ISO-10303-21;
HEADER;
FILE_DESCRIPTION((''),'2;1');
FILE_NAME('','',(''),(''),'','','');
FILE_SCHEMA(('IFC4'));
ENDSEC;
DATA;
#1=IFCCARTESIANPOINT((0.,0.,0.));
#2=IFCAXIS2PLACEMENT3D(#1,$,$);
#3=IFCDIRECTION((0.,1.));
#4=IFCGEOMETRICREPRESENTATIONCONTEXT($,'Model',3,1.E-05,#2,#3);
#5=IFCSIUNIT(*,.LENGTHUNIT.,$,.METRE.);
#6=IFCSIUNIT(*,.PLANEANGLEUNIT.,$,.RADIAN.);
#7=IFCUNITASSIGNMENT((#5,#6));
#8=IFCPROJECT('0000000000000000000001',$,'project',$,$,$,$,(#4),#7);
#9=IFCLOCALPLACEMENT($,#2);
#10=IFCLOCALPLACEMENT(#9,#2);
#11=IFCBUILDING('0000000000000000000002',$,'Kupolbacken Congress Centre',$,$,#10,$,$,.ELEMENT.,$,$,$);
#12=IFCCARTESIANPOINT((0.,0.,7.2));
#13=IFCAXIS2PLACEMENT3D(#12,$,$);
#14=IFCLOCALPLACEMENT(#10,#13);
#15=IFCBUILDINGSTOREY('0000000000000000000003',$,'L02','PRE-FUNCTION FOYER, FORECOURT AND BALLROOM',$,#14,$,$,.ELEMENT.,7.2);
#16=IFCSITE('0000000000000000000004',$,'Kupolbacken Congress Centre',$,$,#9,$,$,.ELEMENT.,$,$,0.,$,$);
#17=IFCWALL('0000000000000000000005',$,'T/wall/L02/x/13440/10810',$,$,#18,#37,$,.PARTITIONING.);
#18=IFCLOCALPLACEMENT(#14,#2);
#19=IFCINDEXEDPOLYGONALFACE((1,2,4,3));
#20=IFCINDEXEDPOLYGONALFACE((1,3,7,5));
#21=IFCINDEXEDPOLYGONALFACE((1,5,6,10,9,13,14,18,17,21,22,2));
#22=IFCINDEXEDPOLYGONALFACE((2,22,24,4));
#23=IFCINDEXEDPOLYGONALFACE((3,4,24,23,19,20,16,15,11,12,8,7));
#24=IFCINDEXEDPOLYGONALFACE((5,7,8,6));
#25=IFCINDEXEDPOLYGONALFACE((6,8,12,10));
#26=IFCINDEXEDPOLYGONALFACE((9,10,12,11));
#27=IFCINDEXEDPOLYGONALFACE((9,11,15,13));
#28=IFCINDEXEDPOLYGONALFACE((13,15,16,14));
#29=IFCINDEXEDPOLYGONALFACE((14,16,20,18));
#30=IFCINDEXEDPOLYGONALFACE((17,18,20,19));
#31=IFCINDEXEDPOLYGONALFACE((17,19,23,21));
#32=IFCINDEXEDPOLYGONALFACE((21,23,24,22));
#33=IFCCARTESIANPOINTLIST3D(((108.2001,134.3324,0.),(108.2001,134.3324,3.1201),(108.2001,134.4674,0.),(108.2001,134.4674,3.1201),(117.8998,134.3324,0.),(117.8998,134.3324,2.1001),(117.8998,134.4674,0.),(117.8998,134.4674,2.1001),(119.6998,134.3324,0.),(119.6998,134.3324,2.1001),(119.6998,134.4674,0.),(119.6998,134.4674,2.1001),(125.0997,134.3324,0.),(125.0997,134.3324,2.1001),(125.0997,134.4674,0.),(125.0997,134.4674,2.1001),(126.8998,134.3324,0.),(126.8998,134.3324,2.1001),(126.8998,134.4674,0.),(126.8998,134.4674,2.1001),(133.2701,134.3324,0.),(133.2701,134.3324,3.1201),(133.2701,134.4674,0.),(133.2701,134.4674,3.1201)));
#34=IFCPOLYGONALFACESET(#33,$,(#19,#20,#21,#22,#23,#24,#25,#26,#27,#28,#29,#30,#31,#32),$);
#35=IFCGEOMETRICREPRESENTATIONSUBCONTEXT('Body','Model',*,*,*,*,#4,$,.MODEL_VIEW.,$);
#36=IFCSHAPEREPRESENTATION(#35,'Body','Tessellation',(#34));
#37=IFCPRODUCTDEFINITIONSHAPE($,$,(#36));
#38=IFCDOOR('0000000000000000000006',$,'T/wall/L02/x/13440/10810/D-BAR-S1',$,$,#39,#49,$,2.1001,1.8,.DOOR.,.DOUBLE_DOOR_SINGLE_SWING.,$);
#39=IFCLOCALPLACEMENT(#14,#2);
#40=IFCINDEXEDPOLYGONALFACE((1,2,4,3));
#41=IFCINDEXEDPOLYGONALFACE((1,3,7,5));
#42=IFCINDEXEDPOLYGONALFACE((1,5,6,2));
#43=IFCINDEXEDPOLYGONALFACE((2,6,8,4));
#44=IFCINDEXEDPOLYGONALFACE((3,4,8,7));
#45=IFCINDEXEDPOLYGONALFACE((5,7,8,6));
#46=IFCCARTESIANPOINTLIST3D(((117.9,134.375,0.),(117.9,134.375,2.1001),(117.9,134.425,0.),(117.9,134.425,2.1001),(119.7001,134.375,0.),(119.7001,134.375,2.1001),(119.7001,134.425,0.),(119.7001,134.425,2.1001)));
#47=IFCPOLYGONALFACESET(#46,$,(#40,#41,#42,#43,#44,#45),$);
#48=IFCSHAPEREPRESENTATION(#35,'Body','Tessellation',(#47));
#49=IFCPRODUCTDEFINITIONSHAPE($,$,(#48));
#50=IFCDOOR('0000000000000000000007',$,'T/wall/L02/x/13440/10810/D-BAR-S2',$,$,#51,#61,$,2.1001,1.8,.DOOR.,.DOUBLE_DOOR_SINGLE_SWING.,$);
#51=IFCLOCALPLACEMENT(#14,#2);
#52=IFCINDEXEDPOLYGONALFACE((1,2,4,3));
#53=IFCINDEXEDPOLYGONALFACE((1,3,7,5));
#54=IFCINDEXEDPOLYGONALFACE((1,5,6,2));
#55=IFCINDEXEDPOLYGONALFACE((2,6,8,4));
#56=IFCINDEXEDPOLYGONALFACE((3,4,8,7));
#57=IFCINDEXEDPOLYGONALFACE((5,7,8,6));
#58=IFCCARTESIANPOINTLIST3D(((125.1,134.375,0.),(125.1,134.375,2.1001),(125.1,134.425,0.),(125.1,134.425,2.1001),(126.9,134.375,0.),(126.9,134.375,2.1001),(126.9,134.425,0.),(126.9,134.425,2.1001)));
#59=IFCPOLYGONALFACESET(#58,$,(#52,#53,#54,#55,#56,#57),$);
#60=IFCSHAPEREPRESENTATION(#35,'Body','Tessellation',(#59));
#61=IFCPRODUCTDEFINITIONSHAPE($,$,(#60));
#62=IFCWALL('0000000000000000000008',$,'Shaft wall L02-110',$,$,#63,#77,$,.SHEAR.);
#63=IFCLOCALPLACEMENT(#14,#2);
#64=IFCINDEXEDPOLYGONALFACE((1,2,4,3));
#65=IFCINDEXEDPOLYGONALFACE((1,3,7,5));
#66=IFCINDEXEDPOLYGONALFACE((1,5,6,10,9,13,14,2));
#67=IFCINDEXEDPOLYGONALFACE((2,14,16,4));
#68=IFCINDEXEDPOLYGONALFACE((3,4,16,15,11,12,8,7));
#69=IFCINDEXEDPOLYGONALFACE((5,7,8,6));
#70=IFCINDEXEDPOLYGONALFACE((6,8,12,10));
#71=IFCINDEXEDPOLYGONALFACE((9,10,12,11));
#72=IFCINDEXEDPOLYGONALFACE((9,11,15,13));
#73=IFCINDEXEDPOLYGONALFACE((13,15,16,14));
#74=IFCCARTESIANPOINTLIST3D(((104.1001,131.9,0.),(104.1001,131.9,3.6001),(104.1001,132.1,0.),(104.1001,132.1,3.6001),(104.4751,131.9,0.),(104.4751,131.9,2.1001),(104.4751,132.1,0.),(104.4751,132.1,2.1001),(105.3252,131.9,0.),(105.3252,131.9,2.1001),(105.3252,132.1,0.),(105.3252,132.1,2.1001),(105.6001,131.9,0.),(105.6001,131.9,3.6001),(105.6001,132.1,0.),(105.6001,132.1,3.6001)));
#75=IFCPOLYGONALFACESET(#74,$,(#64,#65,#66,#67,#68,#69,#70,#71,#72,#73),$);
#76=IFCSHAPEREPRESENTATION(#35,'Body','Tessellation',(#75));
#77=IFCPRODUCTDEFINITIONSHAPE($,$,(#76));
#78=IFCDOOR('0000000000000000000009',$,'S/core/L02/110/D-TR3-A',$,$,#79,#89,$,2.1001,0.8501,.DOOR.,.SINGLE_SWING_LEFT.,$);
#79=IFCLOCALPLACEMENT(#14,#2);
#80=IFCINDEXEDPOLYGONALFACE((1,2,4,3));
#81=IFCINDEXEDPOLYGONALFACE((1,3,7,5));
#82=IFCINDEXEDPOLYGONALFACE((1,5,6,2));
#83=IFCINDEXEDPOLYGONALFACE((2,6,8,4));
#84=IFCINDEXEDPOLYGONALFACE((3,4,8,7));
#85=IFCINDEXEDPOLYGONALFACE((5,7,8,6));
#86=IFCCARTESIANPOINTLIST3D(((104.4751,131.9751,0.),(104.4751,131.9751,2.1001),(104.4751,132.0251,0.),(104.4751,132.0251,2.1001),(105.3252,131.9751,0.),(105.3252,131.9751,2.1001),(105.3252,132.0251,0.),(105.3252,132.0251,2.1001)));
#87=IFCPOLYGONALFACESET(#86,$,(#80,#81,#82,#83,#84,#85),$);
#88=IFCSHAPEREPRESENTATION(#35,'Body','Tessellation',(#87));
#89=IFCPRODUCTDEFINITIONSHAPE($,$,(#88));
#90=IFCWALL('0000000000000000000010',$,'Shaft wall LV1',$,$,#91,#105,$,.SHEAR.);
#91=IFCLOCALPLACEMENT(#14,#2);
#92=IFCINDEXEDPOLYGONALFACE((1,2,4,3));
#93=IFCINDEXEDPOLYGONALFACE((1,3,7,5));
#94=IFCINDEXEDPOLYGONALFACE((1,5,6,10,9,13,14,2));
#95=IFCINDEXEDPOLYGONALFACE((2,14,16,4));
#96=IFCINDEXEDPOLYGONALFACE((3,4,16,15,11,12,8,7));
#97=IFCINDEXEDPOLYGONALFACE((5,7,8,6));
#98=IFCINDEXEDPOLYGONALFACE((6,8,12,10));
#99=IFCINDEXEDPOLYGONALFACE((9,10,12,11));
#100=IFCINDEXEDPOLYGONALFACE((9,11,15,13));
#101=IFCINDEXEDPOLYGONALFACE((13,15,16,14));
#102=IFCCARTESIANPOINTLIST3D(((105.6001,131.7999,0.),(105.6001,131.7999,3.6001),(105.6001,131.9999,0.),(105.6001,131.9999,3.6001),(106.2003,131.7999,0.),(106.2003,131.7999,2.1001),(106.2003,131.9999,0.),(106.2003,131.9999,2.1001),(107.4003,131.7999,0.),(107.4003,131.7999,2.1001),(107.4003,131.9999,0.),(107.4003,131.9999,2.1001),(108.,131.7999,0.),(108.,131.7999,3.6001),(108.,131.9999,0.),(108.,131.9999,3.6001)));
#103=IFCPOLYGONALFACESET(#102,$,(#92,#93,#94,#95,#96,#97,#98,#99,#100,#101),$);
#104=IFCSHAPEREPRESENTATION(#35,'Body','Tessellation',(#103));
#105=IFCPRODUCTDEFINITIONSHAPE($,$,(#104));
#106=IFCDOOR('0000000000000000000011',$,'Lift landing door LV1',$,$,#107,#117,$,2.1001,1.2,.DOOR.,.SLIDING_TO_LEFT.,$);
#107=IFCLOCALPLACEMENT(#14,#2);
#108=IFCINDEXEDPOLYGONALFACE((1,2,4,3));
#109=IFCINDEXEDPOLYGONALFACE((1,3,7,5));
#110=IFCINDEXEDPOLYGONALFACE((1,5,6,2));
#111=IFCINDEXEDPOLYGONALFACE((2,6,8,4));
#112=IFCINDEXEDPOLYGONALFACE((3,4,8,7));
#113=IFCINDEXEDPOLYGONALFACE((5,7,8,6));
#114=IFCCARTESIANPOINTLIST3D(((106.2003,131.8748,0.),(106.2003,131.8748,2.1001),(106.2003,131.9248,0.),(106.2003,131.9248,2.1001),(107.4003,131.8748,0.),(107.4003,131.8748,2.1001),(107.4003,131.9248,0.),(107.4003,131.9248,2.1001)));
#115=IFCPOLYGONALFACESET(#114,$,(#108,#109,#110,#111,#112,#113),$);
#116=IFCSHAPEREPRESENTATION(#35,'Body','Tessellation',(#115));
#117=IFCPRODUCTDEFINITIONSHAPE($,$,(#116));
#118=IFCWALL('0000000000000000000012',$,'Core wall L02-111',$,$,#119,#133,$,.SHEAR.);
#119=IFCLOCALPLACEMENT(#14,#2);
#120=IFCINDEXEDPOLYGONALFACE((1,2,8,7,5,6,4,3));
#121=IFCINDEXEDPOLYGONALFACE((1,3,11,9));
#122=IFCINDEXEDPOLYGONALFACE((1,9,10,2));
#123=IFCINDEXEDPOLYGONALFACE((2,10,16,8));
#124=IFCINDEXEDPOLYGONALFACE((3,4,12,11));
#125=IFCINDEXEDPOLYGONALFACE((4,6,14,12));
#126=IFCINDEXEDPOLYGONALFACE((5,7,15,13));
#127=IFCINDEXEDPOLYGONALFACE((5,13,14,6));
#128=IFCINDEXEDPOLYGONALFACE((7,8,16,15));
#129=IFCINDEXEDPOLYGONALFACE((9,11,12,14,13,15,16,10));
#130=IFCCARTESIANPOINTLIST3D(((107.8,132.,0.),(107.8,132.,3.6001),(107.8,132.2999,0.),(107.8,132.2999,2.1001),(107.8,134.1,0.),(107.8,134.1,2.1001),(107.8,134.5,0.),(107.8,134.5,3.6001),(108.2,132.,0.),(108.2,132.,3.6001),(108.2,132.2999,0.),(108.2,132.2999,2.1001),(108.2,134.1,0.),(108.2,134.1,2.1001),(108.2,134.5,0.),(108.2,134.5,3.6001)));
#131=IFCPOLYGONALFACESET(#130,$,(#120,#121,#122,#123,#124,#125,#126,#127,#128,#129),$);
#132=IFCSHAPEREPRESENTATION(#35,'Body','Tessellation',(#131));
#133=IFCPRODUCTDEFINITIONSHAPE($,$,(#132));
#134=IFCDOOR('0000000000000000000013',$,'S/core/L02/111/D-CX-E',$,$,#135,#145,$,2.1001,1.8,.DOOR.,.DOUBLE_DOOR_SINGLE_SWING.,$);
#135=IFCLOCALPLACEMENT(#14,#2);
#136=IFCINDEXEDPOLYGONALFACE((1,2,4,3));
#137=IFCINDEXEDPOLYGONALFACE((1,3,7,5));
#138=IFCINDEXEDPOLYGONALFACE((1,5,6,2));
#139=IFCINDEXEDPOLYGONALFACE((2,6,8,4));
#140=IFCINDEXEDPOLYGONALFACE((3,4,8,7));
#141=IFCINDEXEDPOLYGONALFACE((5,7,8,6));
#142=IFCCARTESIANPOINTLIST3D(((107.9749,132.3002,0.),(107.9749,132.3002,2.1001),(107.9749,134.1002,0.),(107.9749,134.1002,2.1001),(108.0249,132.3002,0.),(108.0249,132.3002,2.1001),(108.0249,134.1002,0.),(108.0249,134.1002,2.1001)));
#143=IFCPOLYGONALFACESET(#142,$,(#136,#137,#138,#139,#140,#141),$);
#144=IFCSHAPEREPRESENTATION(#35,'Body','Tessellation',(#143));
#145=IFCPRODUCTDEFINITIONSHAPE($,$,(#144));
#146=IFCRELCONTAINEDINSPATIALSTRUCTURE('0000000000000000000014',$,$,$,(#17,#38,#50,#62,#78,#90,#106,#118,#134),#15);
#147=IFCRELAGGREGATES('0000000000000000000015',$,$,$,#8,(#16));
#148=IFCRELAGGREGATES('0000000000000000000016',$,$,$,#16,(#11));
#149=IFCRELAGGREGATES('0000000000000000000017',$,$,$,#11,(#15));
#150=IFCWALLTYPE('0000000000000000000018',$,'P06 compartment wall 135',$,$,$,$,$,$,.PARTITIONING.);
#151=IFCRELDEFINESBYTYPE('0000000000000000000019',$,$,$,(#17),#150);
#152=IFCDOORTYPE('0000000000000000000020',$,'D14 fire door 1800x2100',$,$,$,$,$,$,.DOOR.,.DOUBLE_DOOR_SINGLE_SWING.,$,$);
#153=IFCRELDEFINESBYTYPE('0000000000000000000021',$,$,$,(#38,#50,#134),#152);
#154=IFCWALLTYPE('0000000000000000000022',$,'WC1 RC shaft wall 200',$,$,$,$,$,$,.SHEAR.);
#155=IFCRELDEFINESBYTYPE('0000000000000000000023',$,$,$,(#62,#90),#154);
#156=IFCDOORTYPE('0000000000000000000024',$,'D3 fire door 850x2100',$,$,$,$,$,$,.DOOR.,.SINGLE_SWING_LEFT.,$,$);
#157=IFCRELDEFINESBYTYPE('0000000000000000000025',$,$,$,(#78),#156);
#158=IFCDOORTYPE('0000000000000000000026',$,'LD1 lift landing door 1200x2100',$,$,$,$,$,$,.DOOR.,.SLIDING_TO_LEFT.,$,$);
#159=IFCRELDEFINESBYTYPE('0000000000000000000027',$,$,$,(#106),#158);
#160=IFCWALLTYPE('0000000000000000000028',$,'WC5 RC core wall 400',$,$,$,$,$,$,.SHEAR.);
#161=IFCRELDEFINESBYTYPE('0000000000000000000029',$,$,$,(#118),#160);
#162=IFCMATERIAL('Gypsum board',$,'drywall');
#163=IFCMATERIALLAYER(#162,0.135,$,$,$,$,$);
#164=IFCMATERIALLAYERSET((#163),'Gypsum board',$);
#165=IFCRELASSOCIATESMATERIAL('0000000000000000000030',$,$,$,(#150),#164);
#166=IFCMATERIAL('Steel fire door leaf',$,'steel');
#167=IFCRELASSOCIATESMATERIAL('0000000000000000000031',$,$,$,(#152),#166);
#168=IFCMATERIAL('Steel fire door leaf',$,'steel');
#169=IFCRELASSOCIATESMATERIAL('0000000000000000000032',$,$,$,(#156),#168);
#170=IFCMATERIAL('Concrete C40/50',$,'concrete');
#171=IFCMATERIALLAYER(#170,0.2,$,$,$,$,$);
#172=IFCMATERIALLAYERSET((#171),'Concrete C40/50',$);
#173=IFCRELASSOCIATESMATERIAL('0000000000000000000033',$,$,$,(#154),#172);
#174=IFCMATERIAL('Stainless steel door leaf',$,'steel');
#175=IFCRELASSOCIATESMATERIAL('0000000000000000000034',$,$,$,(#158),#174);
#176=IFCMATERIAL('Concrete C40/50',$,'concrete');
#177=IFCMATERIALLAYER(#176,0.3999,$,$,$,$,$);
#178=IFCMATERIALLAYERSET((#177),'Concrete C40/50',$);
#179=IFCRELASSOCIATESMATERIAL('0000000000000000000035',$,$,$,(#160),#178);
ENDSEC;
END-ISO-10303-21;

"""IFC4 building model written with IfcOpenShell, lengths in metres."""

from ifc_helpers import new_model, si_unit, direction, frame, frame_2d, origin, place, context, subcontext, project, spatial, rectangle, extrude, material, layer, layer_set, type_object, element, fill, save


model = new_model("IFC4")

# Units and contexts
model_context = context("Model", 3, precision=1e-05, world=origin(), true_north=direction((0.0, 1.0)))
body_context = subcontext(model_context, "Body", "Model", "MODEL_VIEW")
ifc_project = project(units=[si_unit("LENGTHUNIT", "METRE"), si_unit("PLANEANGLEUNIT", "RADIAN")], contexts=[model_context])

# Site, building, storey
site_placement = place(None, origin())
site = spatial("IfcSite", under=ifc_project, at=site_placement, Name="Kupolbacken Congress Centre", CompositionType="ELEMENT", RefElevation=0.0)
building_placement = place(site_placement, origin())
building = spatial("IfcBuilding", under=site, at=building_placement, Name="Kupolbacken Congress Centre", CompositionType="ELEMENT")
storey_placement = place(building_placement, frame((0.0, 0.0, 7.2)))
storey = spatial("IfcBuildingStorey", under=building, at=storey_placement, Name="L02", Description="PRE-FUNCTION FOYER, FORECOURT AND BALLROOM", CompositionType="ELEMENT", Elevation=7.2)

# Wall, openings, doors
ifc_material_1 = material(Name="Gypsum board", Category="drywall")
ifc_layer_1 = layer(ifc_material_1, 0.135)
ifc_layer_set_1 = layer_set([ifc_layer_1], Name="Gypsum board")
wall_type_1 = type_object("IfcWallType", Name="P06 compartment wall 135", PredefinedType="PARTITIONING", material=ifc_layer_set_1)
ifc_material_2 = material(Name="Steel fire door leaf", Category="steel")
door_type_1 = type_object("IfcDoorType", Name="D14 fire door 1800x2100", OperationType="DOUBLE_DOOR_SINGLE_SWING", PredefinedType="DOOR", material=ifc_material_2)
ifc_material_3 = material(Name="Steel fire door leaf", Category="steel")
door_type_2 = type_object("IfcDoorType", Name="D3 fire door 850x2100", OperationType="SINGLE_SWING_LEFT", PredefinedType="DOOR", material=ifc_material_3)
wall_1_placement = place(storey_placement, frame((108.2, 134.3999, 0.0), z_axis=(0.0, 0.0, 1.0), x_axis=(1.0, 0.0, 0.0)))
wall_1 = element("IfcWall", 1, at=wall_1_placement, inside=storey, type_object=wall_type_1, Name="T/wall/L02/x/13440/10810", PredefinedType="PARTITIONING", context=body_context, shape_type="SweptSolid", body=[
    extrude(rectangle(XDim=25.0701, YDim=0.135, at=frame_2d((12.5352, 0.0))), origin(), (0.0, 0.0, 1.0), 3.1201),
])
opening_1_placement = place(wall_1_placement, frame((9.7, 0.0, 0.0)))
opening_1 = element("IfcOpeningElement", 2, at=opening_1_placement, cuts=wall_1, PredefinedType="OPENING", context=body_context, shape_type="SweptSolid", body=[
    extrude(rectangle(XDim=1.8, YDim=2.1001, at=frame_2d((0.8999, 1.05))), frame((0.0, 0.0774, 0.0), z_axis=(0.0, -1.0, 0.0), x_axis=(1.0, 0.0, 0.0)), (0.0, 0.0, 1.0), 0.155),
])
opening_2_placement = place(wall_1_placement, frame((16.8999, 0.0, 0.0)))
opening_2 = element("IfcOpeningElement", 3, at=opening_2_placement, cuts=wall_1, PredefinedType="OPENING", context=body_context, shape_type="SweptSolid", body=[
    extrude(rectangle(XDim=1.8, YDim=2.1001, at=frame_2d((0.8999, 1.05))), frame((0.0, 0.0774, 0.0), z_axis=(0.0, -1.0, 0.0), x_axis=(1.0, 0.0, 0.0)), (0.0, 0.0, 1.0), 0.155),
])
door_1_placement = place(opening_1_placement, frame((1.8, 0.0, 0.0), z_axis=(0.0, 0.0, 1.0), x_axis=(-1.0, 0.0, 0.0)))
door_1 = element("IfcDoor", 4, at=door_1_placement, inside=storey, type_object=door_type_1, Name="T/wall/L02/x/13440/10810/D-BAR-S1", OperationType="DOUBLE_DOOR_SINGLE_SWING", OverallHeight=2.1001, OverallWidth=1.8, PredefinedType="DOOR", context=body_context, shape_type="SweptSolid", body=[
    extrude(rectangle(XDim=1.8, YDim=2.1001, at=frame_2d((0.8999, 1.05))), frame((0.0, 0.0249, 0.0), z_axis=(0.0, -1.0, 0.0), x_axis=(1.0, 0.0, 0.0)), (0.0, 0.0, 1.0), 0.05),
])
fill(opening_1, door_1)
door_2_placement = place(opening_2_placement, frame((1.8, 0.0, 0.0), z_axis=(0.0, 0.0, 1.0), x_axis=(-1.0, 0.0, 0.0)))
door_2 = element("IfcDoor", 5, at=door_2_placement, inside=storey, type_object=door_type_1, Name="T/wall/L02/x/13440/10810/D-BAR-S2", OperationType="DOUBLE_DOOR_SINGLE_SWING", OverallHeight=2.1001, OverallWidth=1.8, PredefinedType="DOOR", context=body_context, shape_type="SweptSolid", body=[
    extrude(rectangle(XDim=1.8, YDim=2.1001, at=frame_2d((0.8999, 1.05))), frame((0.0, 0.0249, 0.0), z_axis=(0.0, -1.0, 0.0), x_axis=(1.0, 0.0, 0.0)), (0.0, 0.0, 1.0), 0.05),
])
fill(opening_2, door_2)

# Walls, openings, doors
ifc_material_4 = material(Name="Concrete C40/50", Category="concrete")
ifc_layer_2 = layer(ifc_material_4, 0.2)
ifc_layer_set_2 = layer_set([ifc_layer_2], Name="Concrete C40/50")
wall_type_2 = type_object("IfcWallType", Name="WC1 RC shaft wall 200", PredefinedType="SHEAR", material=ifc_layer_set_2)
wall_2_placement = place(storey_placement, frame((105.6001, 132.0, 0.0), z_axis=(0.0, 0.0, 1.0), x_axis=(-1.0, 0.0, 0.0)))
wall_2 = element("IfcWall", 6, at=wall_2_placement, inside=storey, type_object=wall_type_2, Name="Shaft wall L02-110", PredefinedType="SHEAR", context=body_context, shape_type="SweptSolid", body=[
    extrude(rectangle(XDim=1.5, YDim=0.2, at=frame_2d((0.75, 0.0))), origin(), (0.0, 0.0, 1.0), 3.6001),
])
opening_3_placement = place(wall_2_placement, frame((0.2749, 0.0, 0.0)))
opening_3 = element("IfcOpeningElement", 7, at=opening_3_placement, cuts=wall_2, PredefinedType="OPENING", context=body_context, shape_type="SweptSolid", body=[
    extrude(rectangle(XDim=0.8501, YDim=2.1001, at=frame_2d((0.425, 1.05))), frame((0.0, 0.1099, 0.0), z_axis=(0.0, -1.0, 0.0), x_axis=(1.0, 0.0, 0.0)), (0.0, 0.0, 1.0), 0.22),
])
door_3_placement = place(opening_3_placement, origin())
door_3 = element("IfcDoor", 8, at=door_3_placement, inside=storey, type_object=door_type_2, Name="S/core/L02/110/D-TR3-A", OperationType="SINGLE_SWING_LEFT", OverallHeight=2.1001, OverallWidth=0.8501, PredefinedType="DOOR", context=body_context, shape_type="SweptSolid", body=[
    extrude(rectangle(XDim=0.8501, YDim=2.1001, at=frame_2d((0.425, 1.05))), frame((0.0, 0.0249, 0.0), z_axis=(0.0, -1.0, 0.0), x_axis=(1.0, 0.0, 0.0)), (0.0, 0.0, 1.0), 0.05),
])
fill(opening_3, door_3)
wall_3_placement = place(storey_placement, frame((105.6001, 131.8999, 0.0), z_axis=(0.0, 0.0, 1.0), x_axis=(1.0, 0.0, 0.0)))
wall_3 = element("IfcWall", 9, at=wall_3_placement, inside=storey, type_object=wall_type_2, Name="Shaft wall LV1", PredefinedType="SHEAR", context=body_context, shape_type="SweptSolid", body=[
    extrude(rectangle(XDim=2.3999, YDim=0.2, at=frame_2d((1.2, 0.0))), origin(), (0.0, 0.0, 1.0), 3.6001),
])
opening_4_placement = place(wall_3_placement, frame((0.6001, 0.0, 0.0)))
opening_4 = element("IfcOpeningElement", 10, at=opening_4_placement, cuts=wall_3, PredefinedType="OPENING", context=body_context, shape_type="SweptSolid", body=[
    extrude(rectangle(XDim=1.2, YDim=2.1001, at=frame_2d((0.6001, 1.05))), frame((0.0, 0.1099, 0.0), z_axis=(0.0, -1.0, 0.0), x_axis=(1.0, 0.0, 0.0)), (0.0, 0.0, 1.0), 0.22),
])
ifc_material_5 = material(Name="Stainless steel door leaf", Category="steel")
door_type_3 = type_object("IfcDoorType", Name="LD1 lift landing door 1200x2100", OperationType="SLIDING_TO_LEFT", PredefinedType="DOOR", material=ifc_material_5)
door_4_placement = place(opening_4_placement, origin())
door_4 = element("IfcDoor", 11, at=door_4_placement, inside=storey, type_object=door_type_3, Name="Lift landing door LV1", OperationType="SLIDING_TO_LEFT", OverallHeight=2.1001, OverallWidth=1.2, PredefinedType="DOOR", context=body_context, shape_type="SweptSolid", body=[
    extrude(rectangle(XDim=1.2, YDim=2.1001, at=frame_2d((0.6001, 1.05))), frame((0.0, 0.0249, 0.0), z_axis=(0.0, -1.0, 0.0), x_axis=(1.0, 0.0, 0.0)), (0.0, 0.0, 1.0), 0.05),
])
fill(opening_4, door_4)
ifc_material_6 = material(Name="Concrete C40/50", Category="concrete")
ifc_layer_3 = layer(ifc_material_6, 0.3999)
ifc_layer_set_3 = layer_set([ifc_layer_3], Name="Concrete C40/50")
wall_type_3 = type_object("IfcWallType", Name="WC5 RC core wall 400", PredefinedType="SHEAR", material=ifc_layer_set_3)
wall_4_placement = place(storey_placement, frame((108.0, 132.0, 0.0), z_axis=(0.0, 0.0, 1.0), x_axis=(0.0, 1.0, 0.0)))
wall_4 = element("IfcWall", 12, at=wall_4_placement, inside=storey, type_object=wall_type_3, Name="Core wall L02-111", PredefinedType="SHEAR", context=body_context, shape_type="SweptSolid", body=[
    extrude(rectangle(XDim=2.5, YDim=0.3999, at=frame_2d((1.25, 0.0))), origin(), (0.0, 0.0, 1.0), 3.6001),
])
opening_5_placement = place(wall_4_placement, frame((0.3, 0.0, 0.0)))
opening_5 = element("IfcOpeningElement", 13, at=opening_5_placement, cuts=wall_4, PredefinedType="OPENING", context=body_context, shape_type="SweptSolid", body=[
    extrude(rectangle(XDim=1.8, YDim=2.1001, at=frame_2d((0.8999, 1.05))), frame((0.0, 0.21, 0.0), z_axis=(0.0, -1.0, 0.0), x_axis=(1.0, 0.0, 0.0)), (0.0, 0.0, 1.0), 0.4199),
])
door_5_placement = place(opening_5_placement, frame((1.8, 0.0, 0.0), z_axis=(0.0, 0.0, 1.0), x_axis=(-1.0, 0.0, 0.0)))
door_5 = element("IfcDoor", 14, at=door_5_placement, inside=storey, type_object=door_type_1, Name="S/core/L02/111/D-CX-E", OperationType="DOUBLE_DOOR_SINGLE_SWING", OverallHeight=2.1001, OverallWidth=1.8, PredefinedType="DOOR", context=body_context, shape_type="SweptSolid", body=[
    extrude(rectangle(XDim=1.8, YDim=2.1001, at=frame_2d((0.8999, 1.05))), frame((0.0, 0.0249, 0.0), z_axis=(0.0, -1.0, 0.0), x_axis=(1.0, 0.0, 0.0)), (0.0, 0.0, 1.0), 0.05),
])
fill(opening_5, door_5)

save(model, "model.ifc")
